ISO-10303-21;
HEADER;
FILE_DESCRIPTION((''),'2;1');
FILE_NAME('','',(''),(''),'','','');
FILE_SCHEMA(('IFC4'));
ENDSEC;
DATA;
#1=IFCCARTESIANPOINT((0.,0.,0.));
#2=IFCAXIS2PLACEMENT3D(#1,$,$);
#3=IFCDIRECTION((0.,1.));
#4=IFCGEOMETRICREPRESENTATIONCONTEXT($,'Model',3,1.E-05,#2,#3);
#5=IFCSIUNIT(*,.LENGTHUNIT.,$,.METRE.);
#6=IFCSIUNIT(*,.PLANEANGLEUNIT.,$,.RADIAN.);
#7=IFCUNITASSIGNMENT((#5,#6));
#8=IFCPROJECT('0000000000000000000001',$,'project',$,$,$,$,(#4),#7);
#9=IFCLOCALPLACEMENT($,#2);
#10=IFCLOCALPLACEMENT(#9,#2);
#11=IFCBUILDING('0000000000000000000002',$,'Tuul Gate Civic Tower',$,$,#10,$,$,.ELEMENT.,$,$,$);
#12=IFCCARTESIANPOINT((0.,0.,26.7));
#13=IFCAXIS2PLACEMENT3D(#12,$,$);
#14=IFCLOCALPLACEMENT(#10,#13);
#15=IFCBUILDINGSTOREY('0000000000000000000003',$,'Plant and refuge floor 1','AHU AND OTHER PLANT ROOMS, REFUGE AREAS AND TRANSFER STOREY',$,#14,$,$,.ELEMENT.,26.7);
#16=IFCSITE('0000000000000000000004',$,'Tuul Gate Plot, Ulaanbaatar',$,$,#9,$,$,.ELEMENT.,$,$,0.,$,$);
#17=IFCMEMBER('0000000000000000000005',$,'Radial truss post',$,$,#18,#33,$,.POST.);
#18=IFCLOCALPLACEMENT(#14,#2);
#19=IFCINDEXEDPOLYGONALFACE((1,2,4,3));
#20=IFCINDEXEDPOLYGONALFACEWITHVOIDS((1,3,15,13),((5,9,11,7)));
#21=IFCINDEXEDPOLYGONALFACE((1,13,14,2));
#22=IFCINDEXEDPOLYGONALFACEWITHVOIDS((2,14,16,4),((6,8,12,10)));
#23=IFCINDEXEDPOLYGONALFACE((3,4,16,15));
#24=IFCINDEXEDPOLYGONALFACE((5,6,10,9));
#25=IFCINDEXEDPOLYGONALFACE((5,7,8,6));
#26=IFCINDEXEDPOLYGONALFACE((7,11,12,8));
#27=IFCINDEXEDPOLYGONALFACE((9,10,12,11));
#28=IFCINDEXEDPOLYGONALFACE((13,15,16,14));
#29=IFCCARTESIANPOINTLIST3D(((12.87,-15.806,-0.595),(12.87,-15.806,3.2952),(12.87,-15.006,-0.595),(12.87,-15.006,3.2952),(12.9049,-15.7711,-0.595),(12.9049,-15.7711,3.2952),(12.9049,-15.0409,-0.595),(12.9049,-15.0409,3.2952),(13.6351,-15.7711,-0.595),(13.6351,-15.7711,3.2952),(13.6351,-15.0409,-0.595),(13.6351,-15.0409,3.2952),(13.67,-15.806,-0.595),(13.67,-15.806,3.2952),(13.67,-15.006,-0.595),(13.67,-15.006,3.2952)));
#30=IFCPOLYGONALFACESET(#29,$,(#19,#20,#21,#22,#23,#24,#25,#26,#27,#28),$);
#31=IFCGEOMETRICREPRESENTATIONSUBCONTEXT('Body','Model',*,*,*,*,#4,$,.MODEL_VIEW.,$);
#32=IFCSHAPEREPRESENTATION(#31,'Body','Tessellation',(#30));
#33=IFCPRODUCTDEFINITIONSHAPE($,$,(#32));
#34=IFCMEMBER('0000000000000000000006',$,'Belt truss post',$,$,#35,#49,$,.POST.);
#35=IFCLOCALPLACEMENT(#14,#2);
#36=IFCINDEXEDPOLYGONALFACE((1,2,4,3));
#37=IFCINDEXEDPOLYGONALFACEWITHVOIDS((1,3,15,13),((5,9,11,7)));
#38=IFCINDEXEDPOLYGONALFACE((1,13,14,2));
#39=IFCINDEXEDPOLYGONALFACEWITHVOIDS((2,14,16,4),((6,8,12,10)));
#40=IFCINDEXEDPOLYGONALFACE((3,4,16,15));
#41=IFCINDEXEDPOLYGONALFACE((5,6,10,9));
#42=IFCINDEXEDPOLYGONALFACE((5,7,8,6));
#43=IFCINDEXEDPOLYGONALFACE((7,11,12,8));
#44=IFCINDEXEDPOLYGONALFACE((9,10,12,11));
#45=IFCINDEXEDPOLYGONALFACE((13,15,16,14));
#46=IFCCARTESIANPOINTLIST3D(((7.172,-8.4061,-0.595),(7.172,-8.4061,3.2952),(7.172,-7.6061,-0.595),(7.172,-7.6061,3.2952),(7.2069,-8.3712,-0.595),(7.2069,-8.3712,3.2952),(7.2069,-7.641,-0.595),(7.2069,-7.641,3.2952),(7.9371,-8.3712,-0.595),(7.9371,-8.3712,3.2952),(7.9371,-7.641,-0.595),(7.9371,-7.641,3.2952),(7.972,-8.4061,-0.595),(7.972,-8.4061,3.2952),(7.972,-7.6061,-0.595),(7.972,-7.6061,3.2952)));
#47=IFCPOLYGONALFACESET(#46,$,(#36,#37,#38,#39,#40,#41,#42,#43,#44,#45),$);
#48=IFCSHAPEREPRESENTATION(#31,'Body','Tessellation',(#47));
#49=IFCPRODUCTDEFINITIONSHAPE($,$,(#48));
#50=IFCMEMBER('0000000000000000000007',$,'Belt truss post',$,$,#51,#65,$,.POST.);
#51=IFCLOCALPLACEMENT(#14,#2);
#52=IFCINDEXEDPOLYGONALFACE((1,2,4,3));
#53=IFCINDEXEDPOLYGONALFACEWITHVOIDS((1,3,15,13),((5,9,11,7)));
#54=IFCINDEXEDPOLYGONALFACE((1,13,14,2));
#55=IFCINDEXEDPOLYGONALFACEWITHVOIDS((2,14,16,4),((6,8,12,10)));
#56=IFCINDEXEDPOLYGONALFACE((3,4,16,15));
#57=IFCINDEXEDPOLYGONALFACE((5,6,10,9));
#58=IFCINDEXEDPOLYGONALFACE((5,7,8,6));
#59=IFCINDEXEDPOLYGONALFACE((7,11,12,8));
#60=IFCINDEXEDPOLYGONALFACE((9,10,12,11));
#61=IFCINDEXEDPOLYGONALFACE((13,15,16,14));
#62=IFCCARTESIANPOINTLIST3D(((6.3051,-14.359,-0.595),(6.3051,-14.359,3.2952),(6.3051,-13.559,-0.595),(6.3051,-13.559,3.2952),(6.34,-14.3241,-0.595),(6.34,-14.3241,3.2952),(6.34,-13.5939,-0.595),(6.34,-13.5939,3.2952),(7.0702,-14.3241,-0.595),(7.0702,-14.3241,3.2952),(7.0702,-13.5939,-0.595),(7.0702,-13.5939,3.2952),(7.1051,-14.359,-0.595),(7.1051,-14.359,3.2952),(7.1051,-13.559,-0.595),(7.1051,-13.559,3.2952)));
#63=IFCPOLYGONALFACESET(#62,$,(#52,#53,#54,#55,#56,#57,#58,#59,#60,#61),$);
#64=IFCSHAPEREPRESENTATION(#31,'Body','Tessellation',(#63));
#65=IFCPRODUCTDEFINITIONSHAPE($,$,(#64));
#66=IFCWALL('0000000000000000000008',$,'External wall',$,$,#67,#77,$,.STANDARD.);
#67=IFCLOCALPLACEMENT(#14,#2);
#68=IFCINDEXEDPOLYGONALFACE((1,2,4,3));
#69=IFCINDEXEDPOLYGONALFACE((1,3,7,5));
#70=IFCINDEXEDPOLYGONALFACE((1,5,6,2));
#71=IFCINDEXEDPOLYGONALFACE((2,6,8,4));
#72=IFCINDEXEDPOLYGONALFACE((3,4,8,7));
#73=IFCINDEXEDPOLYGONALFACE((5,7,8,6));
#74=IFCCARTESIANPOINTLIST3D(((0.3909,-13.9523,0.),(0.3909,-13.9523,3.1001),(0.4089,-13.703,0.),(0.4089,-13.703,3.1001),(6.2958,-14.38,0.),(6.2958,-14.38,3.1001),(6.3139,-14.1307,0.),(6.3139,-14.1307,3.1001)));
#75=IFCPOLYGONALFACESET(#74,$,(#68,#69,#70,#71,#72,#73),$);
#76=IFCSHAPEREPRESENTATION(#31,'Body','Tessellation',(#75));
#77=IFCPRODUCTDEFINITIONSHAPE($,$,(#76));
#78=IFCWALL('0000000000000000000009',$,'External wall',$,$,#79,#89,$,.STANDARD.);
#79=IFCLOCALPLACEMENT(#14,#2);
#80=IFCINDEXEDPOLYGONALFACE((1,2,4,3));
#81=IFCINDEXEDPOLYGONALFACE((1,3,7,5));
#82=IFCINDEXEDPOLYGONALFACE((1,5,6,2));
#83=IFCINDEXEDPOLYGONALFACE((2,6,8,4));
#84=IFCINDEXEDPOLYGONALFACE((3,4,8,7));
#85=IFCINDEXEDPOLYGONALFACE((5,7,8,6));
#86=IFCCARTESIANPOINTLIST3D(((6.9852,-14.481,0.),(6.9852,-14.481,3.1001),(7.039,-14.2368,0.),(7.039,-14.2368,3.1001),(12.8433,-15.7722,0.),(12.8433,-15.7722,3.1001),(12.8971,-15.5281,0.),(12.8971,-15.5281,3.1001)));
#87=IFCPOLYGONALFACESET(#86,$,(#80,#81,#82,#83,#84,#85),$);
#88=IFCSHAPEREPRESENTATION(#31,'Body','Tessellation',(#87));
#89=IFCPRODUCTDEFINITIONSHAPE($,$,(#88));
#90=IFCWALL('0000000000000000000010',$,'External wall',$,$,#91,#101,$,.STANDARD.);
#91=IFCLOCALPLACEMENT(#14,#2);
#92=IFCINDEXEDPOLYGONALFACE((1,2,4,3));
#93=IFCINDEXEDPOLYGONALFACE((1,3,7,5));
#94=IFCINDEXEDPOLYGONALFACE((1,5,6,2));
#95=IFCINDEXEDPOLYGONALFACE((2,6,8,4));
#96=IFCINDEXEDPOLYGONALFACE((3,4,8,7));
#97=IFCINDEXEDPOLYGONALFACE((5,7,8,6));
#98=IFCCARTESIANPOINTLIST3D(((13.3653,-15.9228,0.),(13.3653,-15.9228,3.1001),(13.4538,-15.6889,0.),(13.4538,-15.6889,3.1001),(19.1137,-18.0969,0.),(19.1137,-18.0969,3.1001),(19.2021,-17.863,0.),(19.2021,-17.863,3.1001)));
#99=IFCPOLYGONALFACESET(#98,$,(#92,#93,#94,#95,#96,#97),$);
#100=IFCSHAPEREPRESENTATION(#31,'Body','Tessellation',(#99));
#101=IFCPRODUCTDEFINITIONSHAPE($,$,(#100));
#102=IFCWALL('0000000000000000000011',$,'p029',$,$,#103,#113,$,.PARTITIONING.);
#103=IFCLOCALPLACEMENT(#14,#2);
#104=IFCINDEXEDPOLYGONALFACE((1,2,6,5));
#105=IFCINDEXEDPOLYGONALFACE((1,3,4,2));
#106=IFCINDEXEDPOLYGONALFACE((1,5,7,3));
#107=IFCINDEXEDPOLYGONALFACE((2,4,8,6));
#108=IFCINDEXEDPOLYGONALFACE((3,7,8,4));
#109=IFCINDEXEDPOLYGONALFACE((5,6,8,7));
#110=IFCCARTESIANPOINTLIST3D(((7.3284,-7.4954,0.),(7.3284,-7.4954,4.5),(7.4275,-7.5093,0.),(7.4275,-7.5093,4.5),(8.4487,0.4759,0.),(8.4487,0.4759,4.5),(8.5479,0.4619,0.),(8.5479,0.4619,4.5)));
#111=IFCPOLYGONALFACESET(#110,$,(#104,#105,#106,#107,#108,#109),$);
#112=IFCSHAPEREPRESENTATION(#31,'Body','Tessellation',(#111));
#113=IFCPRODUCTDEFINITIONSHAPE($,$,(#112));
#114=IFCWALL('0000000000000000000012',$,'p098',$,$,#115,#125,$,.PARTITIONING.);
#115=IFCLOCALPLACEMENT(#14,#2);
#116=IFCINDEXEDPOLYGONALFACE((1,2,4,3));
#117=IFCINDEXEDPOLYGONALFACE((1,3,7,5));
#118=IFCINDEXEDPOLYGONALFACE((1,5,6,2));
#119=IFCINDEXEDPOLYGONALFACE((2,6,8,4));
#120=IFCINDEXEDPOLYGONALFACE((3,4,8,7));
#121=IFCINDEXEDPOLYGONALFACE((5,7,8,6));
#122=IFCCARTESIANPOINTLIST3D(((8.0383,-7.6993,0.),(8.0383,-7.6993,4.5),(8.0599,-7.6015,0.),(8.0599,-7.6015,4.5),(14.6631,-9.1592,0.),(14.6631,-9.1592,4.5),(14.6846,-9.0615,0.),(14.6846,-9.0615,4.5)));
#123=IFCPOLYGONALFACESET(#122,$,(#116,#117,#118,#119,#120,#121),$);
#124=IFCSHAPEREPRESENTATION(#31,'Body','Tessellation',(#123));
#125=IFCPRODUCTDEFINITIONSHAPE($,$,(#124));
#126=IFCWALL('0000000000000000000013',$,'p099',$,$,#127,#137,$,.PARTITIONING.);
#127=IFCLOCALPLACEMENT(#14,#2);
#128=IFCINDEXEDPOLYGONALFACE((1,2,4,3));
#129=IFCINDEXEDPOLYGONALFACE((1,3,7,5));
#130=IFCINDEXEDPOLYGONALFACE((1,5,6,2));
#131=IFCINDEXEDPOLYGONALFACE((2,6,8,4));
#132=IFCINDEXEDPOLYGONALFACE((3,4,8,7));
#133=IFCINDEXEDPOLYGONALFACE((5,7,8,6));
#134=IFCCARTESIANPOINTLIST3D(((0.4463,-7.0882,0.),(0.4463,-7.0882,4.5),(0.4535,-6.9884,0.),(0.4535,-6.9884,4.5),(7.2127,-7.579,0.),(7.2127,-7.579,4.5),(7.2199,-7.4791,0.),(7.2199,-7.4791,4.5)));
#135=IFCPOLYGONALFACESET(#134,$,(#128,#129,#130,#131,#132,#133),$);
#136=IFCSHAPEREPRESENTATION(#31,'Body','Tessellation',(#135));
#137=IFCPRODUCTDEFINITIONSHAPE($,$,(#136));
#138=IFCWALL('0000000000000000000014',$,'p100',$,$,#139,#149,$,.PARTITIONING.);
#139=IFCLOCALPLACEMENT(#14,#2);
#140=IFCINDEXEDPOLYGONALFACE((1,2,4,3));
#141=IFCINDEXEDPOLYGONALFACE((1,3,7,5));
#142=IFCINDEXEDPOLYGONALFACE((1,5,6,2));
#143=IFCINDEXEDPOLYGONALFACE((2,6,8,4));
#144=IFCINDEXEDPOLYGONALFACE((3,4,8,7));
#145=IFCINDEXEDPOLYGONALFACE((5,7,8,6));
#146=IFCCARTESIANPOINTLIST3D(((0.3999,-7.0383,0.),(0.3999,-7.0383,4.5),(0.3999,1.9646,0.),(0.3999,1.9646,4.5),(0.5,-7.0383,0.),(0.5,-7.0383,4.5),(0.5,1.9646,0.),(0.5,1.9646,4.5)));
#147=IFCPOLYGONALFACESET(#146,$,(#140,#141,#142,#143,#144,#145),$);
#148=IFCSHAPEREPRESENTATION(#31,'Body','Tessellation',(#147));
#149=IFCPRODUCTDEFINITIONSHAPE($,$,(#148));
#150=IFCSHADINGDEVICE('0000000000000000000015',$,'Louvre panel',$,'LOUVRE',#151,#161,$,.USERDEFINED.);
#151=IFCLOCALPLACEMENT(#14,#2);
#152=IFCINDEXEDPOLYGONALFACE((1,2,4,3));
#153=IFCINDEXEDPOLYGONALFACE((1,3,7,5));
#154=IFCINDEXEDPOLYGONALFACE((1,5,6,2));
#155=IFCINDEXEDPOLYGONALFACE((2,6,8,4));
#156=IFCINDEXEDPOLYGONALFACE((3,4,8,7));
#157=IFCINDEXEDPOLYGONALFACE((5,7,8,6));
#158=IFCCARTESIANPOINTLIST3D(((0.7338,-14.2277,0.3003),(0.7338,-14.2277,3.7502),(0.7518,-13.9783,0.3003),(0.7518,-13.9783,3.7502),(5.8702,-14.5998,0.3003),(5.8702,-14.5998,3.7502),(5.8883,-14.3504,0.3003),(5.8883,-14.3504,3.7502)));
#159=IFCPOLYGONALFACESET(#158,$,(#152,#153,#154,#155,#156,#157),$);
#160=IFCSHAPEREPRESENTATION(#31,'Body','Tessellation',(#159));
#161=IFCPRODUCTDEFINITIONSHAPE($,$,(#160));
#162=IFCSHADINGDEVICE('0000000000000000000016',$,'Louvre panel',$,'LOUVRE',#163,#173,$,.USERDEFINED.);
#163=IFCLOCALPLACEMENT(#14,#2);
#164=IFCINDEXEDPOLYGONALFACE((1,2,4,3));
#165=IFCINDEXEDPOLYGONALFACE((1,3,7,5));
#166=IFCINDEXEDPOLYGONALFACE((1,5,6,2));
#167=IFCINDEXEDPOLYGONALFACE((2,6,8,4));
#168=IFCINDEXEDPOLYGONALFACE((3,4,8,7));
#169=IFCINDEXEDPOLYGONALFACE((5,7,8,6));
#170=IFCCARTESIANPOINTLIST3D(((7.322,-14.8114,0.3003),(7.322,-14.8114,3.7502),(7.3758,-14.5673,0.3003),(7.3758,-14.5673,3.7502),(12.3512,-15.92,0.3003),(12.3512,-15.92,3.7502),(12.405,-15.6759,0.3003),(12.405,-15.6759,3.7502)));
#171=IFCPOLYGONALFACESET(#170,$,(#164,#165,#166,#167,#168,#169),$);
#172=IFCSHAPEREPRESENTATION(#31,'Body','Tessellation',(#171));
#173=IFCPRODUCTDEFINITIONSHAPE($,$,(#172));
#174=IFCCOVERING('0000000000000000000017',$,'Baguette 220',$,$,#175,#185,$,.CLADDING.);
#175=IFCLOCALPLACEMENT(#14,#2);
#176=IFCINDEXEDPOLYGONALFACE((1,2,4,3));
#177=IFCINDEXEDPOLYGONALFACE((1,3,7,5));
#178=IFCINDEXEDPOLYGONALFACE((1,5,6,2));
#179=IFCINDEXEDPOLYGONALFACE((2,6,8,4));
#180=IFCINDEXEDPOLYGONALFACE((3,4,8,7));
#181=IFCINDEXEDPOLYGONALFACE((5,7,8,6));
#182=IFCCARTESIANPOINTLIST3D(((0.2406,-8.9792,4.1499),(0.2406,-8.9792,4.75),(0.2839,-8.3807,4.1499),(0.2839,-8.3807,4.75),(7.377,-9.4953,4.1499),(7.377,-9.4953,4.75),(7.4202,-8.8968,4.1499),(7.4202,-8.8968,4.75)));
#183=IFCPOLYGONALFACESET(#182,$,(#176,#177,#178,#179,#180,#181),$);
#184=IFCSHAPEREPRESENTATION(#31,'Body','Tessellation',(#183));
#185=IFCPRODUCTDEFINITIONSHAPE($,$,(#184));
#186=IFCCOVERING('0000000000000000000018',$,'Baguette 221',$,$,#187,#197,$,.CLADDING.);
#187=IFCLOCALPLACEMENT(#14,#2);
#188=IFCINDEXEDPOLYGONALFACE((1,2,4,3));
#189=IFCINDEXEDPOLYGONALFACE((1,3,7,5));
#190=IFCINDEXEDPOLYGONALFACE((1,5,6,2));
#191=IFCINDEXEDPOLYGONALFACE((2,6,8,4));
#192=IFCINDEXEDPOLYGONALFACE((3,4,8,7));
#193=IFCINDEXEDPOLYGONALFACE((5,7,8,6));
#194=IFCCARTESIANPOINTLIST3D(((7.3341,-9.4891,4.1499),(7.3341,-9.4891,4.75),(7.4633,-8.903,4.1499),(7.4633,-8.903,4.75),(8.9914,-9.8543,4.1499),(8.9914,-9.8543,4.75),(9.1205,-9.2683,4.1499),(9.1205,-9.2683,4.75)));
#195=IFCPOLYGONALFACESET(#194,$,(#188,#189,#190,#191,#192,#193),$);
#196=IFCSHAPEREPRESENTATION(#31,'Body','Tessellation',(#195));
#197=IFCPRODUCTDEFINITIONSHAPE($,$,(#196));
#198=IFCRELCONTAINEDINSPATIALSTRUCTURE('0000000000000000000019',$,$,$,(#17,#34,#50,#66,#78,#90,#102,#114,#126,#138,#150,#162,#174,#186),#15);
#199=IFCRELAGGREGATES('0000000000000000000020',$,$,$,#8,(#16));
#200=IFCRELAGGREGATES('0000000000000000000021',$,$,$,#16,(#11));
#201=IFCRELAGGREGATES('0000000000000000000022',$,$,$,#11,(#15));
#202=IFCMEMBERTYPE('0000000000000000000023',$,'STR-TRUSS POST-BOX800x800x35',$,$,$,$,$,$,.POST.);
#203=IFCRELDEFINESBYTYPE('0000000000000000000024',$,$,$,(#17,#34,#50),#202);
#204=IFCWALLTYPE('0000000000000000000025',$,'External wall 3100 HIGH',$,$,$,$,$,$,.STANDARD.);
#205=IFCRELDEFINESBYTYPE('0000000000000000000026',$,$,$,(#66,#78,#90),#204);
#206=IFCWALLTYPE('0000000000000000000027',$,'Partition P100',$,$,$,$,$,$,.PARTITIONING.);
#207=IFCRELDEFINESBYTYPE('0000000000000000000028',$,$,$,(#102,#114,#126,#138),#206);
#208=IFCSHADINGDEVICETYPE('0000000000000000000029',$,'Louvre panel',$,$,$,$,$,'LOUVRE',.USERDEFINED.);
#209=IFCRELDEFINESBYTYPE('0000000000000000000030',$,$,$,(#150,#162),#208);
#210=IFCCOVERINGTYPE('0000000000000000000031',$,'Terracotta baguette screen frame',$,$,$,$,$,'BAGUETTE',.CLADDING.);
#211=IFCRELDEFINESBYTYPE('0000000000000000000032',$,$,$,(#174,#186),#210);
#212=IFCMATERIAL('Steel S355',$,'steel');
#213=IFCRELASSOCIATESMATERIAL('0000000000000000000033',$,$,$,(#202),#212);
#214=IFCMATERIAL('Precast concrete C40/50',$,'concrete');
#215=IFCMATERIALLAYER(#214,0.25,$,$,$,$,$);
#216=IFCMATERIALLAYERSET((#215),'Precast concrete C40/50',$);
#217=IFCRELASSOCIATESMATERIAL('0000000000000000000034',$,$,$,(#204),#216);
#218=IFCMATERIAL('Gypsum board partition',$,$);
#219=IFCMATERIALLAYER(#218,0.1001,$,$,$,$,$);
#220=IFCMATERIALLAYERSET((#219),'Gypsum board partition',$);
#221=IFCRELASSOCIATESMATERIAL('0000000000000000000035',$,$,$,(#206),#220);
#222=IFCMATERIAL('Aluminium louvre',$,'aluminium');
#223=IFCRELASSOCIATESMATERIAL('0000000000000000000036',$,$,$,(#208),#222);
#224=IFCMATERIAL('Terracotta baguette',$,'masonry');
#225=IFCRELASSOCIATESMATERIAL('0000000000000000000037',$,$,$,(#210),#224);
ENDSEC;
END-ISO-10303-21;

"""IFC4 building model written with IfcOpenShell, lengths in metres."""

from ifc_helpers import new_model, si_unit, direction, frame, frame_2d, origin, origin_2d, place, context, subcontext, project, spatial, rectangle, hollow_rectangle, extrude, material, layer, layer_set, material_profile, profile_set, type_object, element, save


model = new_model("IFC4")

# Units and contexts
model_context = context("Model", 3, precision=1e-05, world=origin(), true_north=direction((0.0, 1.0)))
body_context = subcontext(model_context, "Body", "Model", "MODEL_VIEW")
ifc_project = project(units=[si_unit("LENGTHUNIT", "METRE"), si_unit("PLANEANGLEUNIT", "RADIAN")], contexts=[model_context])

# Site, building, storey
site_placement = place(None, origin())
site = spatial("IfcSite", under=ifc_project, at=site_placement, Name="Tuul Gate Plot, Ulaanbaatar", CompositionType="ELEMENT", RefElevation=0.0)
building_placement = place(site_placement, origin())
building = spatial("IfcBuilding", under=site, at=building_placement, Name="Tuul Gate Civic Tower", CompositionType="ELEMENT")
storey_placement = place(building_placement, frame((0.0, 0.0, 26.7)))
storey = spatial("IfcBuildingStorey", under=building, at=storey_placement, Name="Plant and refuge floor 1", Description="AHU AND OTHER PLANT ROOMS, REFUGE AREAS AND TRANSFER STOREY", CompositionType="ELEMENT", Elevation=26.7)

# Members
ifc_material_1 = material(Name="Steel S355", Category="steel")
ifc_material_profile_1 = material_profile(ifc_material_1, hollow_rectangle(XDim=0.8, YDim=0.8, WallThickness=0.0349, at=origin_2d()), Name="BOX800x800x35")
ifc_profile_set_1 = profile_set([ifc_material_profile_1], Name="Steel S355")
member_type_1 = type_object("IfcMemberType", Name="STR-TRUSS POST-BOX800x800x35", PredefinedType="POST", material=ifc_profile_set_1)
for number, where, z_axis, x_axis, name in (
    (1, (13.27, -15.406, -0.595), (0.0, 0.0, 1.0), (1.0, 0.0, 0.0), "Radial truss post"),
    (2, (7.572, -8.0061, -0.595), (0.0, 0.0, 1.0), (1.0, 0.0, 0.0), "Belt truss post"),
    (3, (6.7051, -13.959, -0.595), (0.0, 0.0, 1.0), (1.0, 0.0, 0.0), "Belt truss post"),
):
    element("IfcMember", number, at=place(storey_placement, frame(where, z_axis=z_axis, x_axis=x_axis)), inside=storey, type_object=member_type_1, Name=name, PredefinedType="POST", context=body_context, shape_type="SweptSolid", body=[
        extrude(hollow_rectangle(XDim=0.8, YDim=0.8, WallThickness=0.0349, at=origin_2d()), origin(), (0.0, 0.0, 1.0), 3.8901),
    ])

# Walls
ifc_material_2 = material(Name="Precast concrete C40/50", Category="concrete")
ifc_layer_1 = layer(ifc_material_2, 0.25)
ifc_layer_set_1 = layer_set([ifc_layer_1], Name="Precast concrete C40/50")
wall_type_1 = type_object("IfcWallType", Name="External wall 3100 HIGH", PredefinedType="STANDARD", material=ifc_layer_set_1)
wall_1_placement = place(storey_placement, frame((0.3999, -13.8276, 0.0), z_axis=(0.0, 0.0, 1.0), x_axis=(0.997387, -0.072246, 0.0)))
element("IfcWall", 4, at=wall_1_placement, inside=storey, type_object=wall_type_1, Name="External wall", PredefinedType="STANDARD", context=body_context, shape_type="SweptSolid", body=[
    extrude(rectangle(XDim=5.9204, YDim=0.25, at=frame_2d((2.9602, 0.0))), origin(), (0.0, 0.0, 1.0), 3.1001),
])
wall_2_placement = place(storey_placement, frame((7.012, -14.3589, 0.0), z_axis=(0.0, 0.0, 1.0), x_axis=(0.976558, -0.215254, 0.0)))
element("IfcWall", 5, at=wall_2_placement, inside=storey, type_object=wall_type_1, Name="External wall", PredefinedType="STANDARD", context=body_context, shape_type="SweptSolid", body=[
    extrude(rectangle(XDim=5.9988, YDim=0.25, at=frame_2d((2.9995, 0.0))), origin(), (0.0, 0.0, 1.0), 3.1001),
])
wall_3_placement = place(storey_placement, frame((13.4097, -15.8059, 0.0), z_axis=(0.0, 0.0, 1.0), x_axis=(0.935338, -0.353756, 0.0)))
element("IfcWall", 6, at=wall_3_placement, inside=storey, type_object=wall_type_1, Name="External wall", PredefinedType="STANDARD", context=body_context, shape_type="SweptSolid", body=[
    extrude(rectangle(XDim=6.1458, YDim=0.25, at=frame_2d((3.0728, 0.0))), origin(), (0.0, 0.0, 1.0), 3.1001),
])
ifc_material_3 = material(Name="Gypsum board partition")
ifc_layer_2 = layer(ifc_material_3, 0.1001)
ifc_layer_set_2 = layer_set([ifc_layer_2], Name="Gypsum board partition")
wall_type_2 = type_object("IfcWallType", Name="Partition P100", PredefinedType="PARTITIONING", material=ifc_layer_set_2)
wall_4_placement = place(storey_placement, frame((7.3779, -7.5024, 0.0), z_axis=(0.0, 0.0, 1.0), x_axis=(0.139183, 0.990267, 0.0)))
element("IfcWall", 7, at=wall_4_placement, inside=storey, type_object=wall_type_2, Name="p029", PredefinedType="PARTITIONING", context=body_context, shape_type="SweptSolid", body=[
    extrude(rectangle(XDim=8.0496, YDim=0.1001, at=frame_2d((4.0249, 0.0))), origin(), (0.0, 0.0, 1.0), 4.5),
])
wall_5_placement = place(storey_placement, frame((14.6738, -9.1104, 0.0), z_axis=(0.0, 0.0, 1.0), x_axis=(-0.976567, 0.215215, 0.0)))
element("IfcWall", 8, at=wall_5_placement, inside=storey, type_object=wall_type_2, Name="p098", PredefinedType="PARTITIONING", context=body_context, shape_type="SweptSolid", body=[
    extrude(rectangle(XDim=6.7837, YDim=0.1001, at=frame_2d((3.3918, 0.0))), origin(), (0.0, 0.0, 1.0), 4.5),
])
wall_6_placement = place(storey_placement, frame((7.2163, -7.5291, 0.0), z_axis=(0.0, 0.0, 1.0), x_axis=(-0.99738, 0.072334, 0.0)))
element("IfcWall", 9, at=wall_6_placement, inside=storey, type_object=wall_type_2, Name="p099", PredefinedType="PARTITIONING", context=body_context, shape_type="SweptSolid", body=[
    extrude(rectangle(XDim=6.7842, YDim=0.1001, at=frame_2d((3.3921, 0.0))), origin(), (0.0, 0.0, 1.0), 4.5),
])
wall_7_placement = place(storey_placement, frame((0.45, -7.0383, 0.0), z_axis=(0.0, 0.0, 1.0), x_axis=(0.0, 1.0, 0.0)))
element("IfcWall", 10, at=wall_7_placement, inside=storey, type_object=wall_type_2, Name="p100", PredefinedType="PARTITIONING", context=body_context, shape_type="SweptSolid", body=[
    extrude(rectangle(XDim=9.0029, YDim=0.1001, at=frame_2d((4.5015, 0.0))), origin(), (0.0, 0.0, 1.0), 4.5),
])

# Shading devices
ifc_material_4 = material(Name="Aluminium louvre", Category="aluminium")
shading_device_type = type_object("IfcShadingDeviceType", Name="Louvre panel", ElementType="LOUVRE", PredefinedType="USERDEFINED", material=ifc_material_4)
for number, where, z_axis, x_axis, name in (
    (11, (3.311, -14.2891, 0.3003), (0.0, 0.0, 1.0), (-0.07225, -0.997387, 0.0), "Louvre panel"),
    (12, (9.8635, -15.2437, 0.3003), (0.0, 0.0, 1.0), (-0.21526, -0.976557, 0.0), "Louvre panel"),
):
    element("IfcShadingDevice", number, at=place(storey_placement, frame(where, z_axis=z_axis, x_axis=x_axis)), inside=storey, type_object=shading_device_type, Name=name, ObjectType="LOUVRE", PredefinedType="USERDEFINED", context=body_context, shape_type="SweptSolid", body=[
        extrude(rectangle(XDim=0.25, YDim=5.1499, at=origin_2d()), origin(), (0.0, 0.0, 1.0), 3.45),
    ])

# Coverings
ifc_material_5 = material(Name="Terracotta baguette", Category="masonry")
ifc_material_profile_2 = material_profile(ifc_material_5, rectangle(XDim=0.6001, YDim=0.6001, at=origin_2d()), Name="Terracotta baguette screen frame")
ifc_profile_set_2 = profile_set([ifc_material_profile_2], Name="Terracotta baguette")
covering_type = type_object("IfcCoveringType", Name="Terracotta baguette screen frame", ElementType="BAGUETTE", PredefinedType="CLADDING", material=ifc_profile_set_2)
covering_1_placement = place(storey_placement, frame((0.2622, -8.6799, 4.45), z_axis=(0.997395, -0.072132, 0.0), x_axis=(0.072132, 0.997395, 0.0)))
element("IfcCovering", 13, at=covering_1_placement, inside=storey, type_object=covering_type, Name="Baguette 220", PredefinedType="CLADDING", context=body_context, shape_type="SweptSolid", body=[
    extrude(rectangle(XDim=0.6001, YDim=0.6001, at=origin_2d()), origin(), (0.0, 0.0, 1.0), 7.155),
])
covering_2_placement = place(storey_placement, frame((7.3987, -9.196, 4.45), z_axis=(0.976565, -0.215224, 0.0), x_axis=(0.215224, 0.976565, 0.0)))
element("IfcCovering", 14, at=covering_2_placement, inside=storey, type_object=covering_type, Name="Baguette 221", PredefinedType="CLADDING", context=body_context, shape_type="SweptSolid", body=[
    extrude(rectangle(XDim=0.6001, YDim=0.6001, at=origin_2d()), origin(), (0.0, 0.0, 1.0), 1.697),
])

save(model, "model.ifc")
